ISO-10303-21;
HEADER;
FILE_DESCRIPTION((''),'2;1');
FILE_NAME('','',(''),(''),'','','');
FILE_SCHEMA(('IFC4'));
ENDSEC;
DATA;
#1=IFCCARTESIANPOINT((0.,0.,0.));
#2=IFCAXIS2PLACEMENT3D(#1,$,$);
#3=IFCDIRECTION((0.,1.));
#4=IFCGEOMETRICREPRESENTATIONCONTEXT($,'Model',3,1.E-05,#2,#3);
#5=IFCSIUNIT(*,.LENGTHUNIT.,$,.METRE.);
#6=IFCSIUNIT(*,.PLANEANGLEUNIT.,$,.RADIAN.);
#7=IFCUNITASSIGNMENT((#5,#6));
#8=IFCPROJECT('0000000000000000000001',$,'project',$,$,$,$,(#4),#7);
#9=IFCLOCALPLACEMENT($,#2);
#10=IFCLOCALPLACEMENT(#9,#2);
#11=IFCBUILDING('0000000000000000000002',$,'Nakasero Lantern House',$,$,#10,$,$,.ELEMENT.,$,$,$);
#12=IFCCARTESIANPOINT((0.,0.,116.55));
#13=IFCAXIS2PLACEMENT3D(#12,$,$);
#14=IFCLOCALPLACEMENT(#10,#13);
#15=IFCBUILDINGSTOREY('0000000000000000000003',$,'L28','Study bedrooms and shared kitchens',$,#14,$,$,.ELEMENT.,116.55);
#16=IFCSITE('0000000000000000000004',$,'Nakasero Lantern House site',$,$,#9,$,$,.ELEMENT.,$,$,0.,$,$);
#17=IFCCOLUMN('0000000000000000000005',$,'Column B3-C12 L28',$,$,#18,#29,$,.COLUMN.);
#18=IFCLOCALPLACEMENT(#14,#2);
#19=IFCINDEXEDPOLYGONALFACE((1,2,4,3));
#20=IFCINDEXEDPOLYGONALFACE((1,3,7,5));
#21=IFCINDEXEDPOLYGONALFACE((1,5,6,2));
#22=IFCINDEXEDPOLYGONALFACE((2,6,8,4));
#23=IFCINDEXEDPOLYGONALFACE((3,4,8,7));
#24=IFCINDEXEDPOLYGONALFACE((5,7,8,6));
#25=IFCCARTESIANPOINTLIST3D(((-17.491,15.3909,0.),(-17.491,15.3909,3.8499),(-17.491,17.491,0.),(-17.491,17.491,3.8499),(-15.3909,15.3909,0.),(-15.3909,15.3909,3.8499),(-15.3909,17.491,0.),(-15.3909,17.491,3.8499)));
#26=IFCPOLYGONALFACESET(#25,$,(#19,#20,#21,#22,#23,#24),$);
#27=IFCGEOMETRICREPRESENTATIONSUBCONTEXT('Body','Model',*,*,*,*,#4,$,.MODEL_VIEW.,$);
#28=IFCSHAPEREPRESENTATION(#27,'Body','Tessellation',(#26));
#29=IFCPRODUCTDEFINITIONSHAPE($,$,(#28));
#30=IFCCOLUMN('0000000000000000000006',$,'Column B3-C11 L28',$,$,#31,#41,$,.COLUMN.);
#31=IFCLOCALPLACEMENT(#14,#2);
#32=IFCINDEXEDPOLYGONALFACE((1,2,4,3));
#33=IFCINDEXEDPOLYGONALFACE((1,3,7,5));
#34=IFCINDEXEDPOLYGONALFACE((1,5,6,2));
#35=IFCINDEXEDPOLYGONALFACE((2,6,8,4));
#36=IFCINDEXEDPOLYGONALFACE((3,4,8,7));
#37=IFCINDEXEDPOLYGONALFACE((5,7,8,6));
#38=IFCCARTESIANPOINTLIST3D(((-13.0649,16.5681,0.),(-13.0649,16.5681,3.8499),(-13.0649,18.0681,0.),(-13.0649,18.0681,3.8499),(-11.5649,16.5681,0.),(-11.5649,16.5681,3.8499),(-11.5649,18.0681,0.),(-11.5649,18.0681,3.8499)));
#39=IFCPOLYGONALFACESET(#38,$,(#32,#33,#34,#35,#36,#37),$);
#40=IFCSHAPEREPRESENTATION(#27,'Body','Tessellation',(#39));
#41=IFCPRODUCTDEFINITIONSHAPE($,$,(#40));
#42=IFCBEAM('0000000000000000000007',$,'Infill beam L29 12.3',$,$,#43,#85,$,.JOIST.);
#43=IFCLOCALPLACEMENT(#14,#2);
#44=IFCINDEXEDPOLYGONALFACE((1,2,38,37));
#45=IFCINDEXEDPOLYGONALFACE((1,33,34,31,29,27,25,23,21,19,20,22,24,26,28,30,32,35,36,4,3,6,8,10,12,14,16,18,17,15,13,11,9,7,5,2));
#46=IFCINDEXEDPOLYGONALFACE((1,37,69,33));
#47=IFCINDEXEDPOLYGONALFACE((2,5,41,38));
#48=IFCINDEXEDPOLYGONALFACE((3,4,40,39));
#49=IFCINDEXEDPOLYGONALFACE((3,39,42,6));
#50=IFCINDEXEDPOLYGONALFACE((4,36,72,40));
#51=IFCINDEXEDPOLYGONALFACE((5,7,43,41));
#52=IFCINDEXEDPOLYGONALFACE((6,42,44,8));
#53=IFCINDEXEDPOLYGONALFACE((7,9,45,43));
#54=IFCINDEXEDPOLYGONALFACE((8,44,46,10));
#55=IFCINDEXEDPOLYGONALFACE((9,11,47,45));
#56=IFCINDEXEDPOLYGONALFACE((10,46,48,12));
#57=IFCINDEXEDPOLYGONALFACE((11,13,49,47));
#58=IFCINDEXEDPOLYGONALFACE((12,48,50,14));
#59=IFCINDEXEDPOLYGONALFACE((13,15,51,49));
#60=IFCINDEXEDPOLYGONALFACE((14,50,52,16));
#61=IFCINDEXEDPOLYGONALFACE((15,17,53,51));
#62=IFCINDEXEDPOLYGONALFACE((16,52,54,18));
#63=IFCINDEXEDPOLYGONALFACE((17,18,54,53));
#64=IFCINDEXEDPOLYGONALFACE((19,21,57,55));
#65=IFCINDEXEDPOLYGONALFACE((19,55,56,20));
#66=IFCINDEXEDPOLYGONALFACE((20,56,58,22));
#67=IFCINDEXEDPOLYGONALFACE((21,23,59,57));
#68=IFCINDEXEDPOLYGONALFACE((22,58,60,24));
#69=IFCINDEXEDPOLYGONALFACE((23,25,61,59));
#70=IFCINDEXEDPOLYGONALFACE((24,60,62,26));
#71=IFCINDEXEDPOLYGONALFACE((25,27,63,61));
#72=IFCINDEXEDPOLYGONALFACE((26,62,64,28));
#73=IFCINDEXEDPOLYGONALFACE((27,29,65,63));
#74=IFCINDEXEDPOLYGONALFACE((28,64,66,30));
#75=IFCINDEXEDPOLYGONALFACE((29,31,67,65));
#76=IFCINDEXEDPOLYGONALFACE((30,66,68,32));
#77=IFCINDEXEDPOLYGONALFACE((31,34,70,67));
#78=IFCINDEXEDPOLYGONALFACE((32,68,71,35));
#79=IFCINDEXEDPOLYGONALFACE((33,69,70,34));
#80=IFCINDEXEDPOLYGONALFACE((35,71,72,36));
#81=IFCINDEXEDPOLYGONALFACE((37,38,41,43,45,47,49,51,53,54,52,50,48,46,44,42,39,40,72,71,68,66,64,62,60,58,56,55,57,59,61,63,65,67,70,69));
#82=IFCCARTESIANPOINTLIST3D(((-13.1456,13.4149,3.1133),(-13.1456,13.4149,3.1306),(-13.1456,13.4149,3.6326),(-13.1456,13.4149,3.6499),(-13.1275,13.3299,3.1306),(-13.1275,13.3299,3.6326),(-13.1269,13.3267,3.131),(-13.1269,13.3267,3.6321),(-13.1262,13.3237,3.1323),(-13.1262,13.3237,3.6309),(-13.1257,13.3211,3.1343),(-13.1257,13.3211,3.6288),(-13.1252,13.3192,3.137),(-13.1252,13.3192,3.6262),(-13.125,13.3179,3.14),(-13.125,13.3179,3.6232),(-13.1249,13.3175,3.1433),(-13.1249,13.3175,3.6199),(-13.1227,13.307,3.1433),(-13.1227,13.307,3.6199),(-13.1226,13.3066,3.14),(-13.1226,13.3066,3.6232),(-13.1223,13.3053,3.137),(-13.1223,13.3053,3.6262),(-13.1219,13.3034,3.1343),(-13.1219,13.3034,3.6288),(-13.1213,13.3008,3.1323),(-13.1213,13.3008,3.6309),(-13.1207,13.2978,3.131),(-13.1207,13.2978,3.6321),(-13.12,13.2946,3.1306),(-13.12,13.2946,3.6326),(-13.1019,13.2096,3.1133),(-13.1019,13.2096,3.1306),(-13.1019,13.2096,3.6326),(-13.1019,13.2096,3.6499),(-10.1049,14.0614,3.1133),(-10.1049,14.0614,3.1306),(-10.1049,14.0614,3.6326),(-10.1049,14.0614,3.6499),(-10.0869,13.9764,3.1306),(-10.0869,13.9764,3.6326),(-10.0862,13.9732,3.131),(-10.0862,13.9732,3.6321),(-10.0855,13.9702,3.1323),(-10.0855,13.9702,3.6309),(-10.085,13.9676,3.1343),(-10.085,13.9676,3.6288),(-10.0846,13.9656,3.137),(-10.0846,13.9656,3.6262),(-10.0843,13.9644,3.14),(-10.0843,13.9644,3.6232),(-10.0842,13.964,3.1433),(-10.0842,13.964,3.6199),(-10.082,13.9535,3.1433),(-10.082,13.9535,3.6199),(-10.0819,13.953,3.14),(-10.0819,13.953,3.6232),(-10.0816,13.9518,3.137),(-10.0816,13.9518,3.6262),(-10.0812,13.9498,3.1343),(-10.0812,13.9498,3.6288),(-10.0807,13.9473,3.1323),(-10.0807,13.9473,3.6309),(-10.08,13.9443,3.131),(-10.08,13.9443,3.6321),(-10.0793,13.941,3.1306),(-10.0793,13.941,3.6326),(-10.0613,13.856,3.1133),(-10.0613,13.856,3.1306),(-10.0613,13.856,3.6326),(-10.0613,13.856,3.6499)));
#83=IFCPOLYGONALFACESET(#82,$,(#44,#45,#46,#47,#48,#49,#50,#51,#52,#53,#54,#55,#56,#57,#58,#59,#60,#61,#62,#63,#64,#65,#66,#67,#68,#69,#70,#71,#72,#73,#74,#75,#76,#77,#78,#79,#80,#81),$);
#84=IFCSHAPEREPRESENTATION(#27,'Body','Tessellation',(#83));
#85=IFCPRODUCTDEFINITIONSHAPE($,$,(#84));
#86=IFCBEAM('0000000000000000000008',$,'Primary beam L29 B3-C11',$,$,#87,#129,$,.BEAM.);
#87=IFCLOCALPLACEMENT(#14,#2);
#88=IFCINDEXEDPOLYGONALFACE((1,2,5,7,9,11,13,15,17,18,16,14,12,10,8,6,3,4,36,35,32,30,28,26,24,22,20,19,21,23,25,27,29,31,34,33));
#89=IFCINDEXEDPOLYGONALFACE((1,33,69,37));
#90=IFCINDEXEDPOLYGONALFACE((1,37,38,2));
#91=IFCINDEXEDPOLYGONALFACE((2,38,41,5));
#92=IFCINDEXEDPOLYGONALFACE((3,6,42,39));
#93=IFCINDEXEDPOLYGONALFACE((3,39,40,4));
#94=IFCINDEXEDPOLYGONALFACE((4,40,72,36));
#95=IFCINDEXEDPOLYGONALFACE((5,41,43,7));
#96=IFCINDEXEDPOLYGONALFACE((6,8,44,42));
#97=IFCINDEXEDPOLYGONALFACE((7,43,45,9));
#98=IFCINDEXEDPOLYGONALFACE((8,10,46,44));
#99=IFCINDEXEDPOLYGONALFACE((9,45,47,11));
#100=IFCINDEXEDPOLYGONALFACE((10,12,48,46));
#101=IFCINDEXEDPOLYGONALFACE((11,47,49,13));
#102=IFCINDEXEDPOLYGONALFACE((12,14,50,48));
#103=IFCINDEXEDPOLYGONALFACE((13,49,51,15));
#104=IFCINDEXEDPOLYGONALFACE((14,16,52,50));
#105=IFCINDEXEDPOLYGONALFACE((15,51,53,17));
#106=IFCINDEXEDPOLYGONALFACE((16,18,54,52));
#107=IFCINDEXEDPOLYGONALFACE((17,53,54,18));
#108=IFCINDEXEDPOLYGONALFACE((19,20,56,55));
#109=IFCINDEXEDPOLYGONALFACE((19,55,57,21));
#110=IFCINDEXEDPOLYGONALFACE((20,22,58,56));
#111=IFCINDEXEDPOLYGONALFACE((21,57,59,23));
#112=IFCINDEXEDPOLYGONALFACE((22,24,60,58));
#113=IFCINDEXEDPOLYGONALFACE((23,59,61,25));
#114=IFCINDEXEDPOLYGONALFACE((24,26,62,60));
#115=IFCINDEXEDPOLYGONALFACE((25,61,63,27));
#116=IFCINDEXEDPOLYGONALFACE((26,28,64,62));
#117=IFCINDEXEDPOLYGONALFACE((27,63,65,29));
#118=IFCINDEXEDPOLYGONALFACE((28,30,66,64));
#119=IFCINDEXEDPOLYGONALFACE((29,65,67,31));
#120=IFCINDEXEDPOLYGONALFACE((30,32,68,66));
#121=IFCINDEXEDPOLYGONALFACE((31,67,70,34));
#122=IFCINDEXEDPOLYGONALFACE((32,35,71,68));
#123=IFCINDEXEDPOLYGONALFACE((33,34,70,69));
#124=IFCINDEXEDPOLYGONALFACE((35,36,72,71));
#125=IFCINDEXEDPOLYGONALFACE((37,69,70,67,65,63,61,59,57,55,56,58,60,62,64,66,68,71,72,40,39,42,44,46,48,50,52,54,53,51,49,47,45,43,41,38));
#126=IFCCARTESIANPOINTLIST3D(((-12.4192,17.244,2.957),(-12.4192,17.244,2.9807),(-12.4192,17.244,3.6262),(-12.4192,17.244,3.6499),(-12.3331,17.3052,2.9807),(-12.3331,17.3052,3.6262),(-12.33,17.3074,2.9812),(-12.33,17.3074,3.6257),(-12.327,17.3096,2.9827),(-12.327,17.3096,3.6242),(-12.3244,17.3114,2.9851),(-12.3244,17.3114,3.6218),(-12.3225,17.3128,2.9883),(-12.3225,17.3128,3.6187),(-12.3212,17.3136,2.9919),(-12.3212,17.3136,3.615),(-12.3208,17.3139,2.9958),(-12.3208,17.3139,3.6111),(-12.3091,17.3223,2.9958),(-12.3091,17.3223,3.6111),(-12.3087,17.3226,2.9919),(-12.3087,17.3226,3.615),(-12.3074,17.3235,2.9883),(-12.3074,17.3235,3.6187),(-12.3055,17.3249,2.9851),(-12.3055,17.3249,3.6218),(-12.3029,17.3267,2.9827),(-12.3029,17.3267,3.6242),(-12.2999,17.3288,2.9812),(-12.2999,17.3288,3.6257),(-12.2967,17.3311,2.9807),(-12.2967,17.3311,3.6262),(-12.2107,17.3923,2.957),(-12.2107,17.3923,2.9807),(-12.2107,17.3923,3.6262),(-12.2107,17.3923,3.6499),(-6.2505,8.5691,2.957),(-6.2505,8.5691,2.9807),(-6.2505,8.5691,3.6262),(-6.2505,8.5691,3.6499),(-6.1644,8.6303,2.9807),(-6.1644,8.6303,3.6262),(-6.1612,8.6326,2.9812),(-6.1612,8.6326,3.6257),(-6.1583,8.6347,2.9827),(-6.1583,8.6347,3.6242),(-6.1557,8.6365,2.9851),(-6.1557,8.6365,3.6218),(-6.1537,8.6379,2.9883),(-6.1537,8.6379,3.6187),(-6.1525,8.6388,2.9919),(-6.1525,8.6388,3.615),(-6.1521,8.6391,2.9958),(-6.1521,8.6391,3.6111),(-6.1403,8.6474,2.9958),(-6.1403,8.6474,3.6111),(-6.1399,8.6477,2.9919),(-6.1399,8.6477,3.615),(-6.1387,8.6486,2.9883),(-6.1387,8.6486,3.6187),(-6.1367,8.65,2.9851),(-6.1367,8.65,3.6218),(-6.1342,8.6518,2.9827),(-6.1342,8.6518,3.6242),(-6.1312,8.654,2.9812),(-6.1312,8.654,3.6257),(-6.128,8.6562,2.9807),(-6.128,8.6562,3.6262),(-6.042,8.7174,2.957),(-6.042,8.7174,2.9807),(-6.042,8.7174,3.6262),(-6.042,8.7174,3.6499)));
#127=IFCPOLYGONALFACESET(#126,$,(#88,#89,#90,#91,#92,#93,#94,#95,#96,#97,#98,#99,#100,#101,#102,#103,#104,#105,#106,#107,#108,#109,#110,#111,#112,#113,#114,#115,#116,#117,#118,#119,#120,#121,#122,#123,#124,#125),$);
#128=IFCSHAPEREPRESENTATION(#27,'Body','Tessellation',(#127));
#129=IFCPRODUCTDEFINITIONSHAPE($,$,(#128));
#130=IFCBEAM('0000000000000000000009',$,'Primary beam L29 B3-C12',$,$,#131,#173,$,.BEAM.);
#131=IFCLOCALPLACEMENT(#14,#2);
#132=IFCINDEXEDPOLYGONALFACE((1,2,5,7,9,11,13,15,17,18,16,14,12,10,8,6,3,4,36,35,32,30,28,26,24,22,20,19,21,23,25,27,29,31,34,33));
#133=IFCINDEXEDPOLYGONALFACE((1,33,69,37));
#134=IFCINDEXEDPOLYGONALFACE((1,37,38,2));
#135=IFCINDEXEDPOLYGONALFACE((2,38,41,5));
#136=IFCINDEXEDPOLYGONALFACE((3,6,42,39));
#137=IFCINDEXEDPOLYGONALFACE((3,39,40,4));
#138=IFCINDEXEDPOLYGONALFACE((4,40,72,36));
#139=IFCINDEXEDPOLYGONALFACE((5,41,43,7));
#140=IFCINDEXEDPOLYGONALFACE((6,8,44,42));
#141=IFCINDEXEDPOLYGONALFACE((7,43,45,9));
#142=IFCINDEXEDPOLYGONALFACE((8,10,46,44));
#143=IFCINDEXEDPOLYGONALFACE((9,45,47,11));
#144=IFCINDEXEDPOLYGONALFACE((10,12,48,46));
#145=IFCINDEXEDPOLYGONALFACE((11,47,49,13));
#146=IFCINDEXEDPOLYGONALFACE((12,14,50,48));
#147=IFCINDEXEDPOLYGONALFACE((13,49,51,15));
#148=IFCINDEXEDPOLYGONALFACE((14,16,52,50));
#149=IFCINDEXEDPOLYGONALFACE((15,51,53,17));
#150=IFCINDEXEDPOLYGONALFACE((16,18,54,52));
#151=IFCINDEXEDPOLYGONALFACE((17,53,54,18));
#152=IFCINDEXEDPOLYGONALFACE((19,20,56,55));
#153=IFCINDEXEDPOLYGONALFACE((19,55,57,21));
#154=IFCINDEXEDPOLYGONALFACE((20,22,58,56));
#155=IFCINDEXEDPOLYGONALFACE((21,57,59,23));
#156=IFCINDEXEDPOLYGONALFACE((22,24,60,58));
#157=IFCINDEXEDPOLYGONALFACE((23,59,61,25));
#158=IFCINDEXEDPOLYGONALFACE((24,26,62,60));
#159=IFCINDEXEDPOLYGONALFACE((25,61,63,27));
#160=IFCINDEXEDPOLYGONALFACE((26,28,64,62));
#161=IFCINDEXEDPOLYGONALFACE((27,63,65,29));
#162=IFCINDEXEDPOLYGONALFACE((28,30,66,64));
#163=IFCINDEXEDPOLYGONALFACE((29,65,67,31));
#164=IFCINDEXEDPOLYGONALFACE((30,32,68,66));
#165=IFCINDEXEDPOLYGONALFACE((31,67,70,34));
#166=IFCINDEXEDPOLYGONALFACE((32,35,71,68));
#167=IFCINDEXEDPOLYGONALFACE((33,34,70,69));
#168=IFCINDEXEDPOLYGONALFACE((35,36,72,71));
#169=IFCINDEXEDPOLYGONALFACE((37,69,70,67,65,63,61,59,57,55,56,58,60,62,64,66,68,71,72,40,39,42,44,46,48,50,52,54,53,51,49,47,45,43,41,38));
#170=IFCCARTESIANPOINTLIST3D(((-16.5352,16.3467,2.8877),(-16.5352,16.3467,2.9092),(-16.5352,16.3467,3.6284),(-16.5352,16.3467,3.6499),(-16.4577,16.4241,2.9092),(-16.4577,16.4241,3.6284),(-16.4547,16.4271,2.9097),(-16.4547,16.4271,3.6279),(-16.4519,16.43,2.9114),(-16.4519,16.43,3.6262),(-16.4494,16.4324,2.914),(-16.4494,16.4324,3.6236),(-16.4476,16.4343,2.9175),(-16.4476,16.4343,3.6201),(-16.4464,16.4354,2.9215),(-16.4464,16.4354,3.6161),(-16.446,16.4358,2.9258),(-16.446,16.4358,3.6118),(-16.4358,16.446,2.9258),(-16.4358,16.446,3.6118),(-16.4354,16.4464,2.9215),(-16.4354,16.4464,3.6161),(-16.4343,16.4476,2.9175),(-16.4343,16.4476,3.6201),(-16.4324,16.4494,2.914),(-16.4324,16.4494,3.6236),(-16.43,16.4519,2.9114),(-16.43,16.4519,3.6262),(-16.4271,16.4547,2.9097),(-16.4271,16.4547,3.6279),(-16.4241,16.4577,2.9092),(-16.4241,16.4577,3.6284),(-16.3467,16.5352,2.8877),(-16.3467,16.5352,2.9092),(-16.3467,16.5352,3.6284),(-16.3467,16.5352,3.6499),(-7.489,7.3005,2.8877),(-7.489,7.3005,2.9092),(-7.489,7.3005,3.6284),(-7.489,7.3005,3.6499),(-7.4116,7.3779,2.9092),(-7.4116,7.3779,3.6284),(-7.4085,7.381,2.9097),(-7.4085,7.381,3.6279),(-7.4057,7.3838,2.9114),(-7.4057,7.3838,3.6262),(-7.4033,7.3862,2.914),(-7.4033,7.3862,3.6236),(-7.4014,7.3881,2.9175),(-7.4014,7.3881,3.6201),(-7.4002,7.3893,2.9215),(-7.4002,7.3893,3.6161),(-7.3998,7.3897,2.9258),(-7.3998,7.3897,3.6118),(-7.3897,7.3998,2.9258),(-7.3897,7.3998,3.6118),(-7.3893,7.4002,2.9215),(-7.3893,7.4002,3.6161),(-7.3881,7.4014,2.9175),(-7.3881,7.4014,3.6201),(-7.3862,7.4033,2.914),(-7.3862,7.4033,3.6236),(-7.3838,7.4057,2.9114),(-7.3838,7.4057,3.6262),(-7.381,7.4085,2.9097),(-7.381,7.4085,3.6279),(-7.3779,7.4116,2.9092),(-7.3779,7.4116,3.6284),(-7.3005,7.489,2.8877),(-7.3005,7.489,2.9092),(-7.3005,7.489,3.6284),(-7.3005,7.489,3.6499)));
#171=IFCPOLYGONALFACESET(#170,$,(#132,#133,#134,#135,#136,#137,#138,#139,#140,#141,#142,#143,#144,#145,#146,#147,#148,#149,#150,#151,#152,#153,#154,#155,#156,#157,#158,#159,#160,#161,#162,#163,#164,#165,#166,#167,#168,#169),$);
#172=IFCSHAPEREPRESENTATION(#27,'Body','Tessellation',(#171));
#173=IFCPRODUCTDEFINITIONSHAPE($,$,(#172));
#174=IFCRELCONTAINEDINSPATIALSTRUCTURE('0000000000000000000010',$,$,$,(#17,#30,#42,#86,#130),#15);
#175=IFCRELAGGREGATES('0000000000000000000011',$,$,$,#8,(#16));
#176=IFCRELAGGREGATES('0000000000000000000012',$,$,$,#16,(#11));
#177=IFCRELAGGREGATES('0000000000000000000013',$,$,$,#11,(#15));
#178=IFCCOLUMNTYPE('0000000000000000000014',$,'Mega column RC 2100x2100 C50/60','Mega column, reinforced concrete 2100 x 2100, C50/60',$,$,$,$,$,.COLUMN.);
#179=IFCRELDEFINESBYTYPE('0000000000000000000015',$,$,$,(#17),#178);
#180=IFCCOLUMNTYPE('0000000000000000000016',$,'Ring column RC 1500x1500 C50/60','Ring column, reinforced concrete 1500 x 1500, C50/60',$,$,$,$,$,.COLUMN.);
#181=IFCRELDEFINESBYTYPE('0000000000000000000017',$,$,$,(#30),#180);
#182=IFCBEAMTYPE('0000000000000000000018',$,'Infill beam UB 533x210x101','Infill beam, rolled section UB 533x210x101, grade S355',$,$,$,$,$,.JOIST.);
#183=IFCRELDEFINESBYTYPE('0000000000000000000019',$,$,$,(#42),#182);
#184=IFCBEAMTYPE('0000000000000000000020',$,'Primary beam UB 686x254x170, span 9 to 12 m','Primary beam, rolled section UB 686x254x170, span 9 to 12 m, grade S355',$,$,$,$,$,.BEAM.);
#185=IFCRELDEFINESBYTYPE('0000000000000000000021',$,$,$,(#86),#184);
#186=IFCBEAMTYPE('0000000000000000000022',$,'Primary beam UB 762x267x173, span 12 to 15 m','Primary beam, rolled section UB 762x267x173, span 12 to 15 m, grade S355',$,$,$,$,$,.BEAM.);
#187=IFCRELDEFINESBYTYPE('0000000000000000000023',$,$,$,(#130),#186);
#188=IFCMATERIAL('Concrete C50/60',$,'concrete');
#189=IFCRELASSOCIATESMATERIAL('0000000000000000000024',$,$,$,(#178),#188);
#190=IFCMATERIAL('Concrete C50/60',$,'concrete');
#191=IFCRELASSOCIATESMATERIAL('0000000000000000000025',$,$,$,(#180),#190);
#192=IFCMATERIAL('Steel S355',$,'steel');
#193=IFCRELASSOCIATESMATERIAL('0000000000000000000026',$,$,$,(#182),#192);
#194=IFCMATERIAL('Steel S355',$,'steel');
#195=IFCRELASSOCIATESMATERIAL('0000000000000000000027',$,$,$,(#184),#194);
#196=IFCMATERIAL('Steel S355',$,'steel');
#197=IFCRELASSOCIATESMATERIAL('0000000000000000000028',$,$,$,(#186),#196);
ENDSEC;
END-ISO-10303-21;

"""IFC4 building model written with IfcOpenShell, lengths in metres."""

from ifc_helpers import new_model, si_unit, direction, frame, origin, origin_2d, place, context, subcontext, project, spatial, rectangle, i_section, extrude, material, material_profile, profile_set, type_object, element, save


model = new_model("IFC4")

# Units and contexts
model_context = context("Model", 3, precision=1e-05, world=origin(), true_north=direction((0.0, 1.0)))
body_context = subcontext(model_context, "Body", "Model", "MODEL_VIEW")
ifc_project = project(units=[si_unit("LENGTHUNIT", "METRE"), si_unit("PLANEANGLEUNIT", "RADIAN")], contexts=[model_context])

# Site, building, storey
site_placement = place(None, origin())
site = spatial("IfcSite", under=ifc_project, at=site_placement, Name="Nakasero Lantern House site", CompositionType="ELEMENT", RefElevation=0.0)
building_placement = place(site_placement, origin())
building = spatial("IfcBuilding", under=site, at=building_placement, Name="Nakasero Lantern House", CompositionType="ELEMENT")
storey_placement = place(building_placement, frame((0.0, 0.0, 116.55)))
storey = spatial("IfcBuildingStorey", under=building, at=storey_placement, Name="L28", Description="Study bedrooms and shared kitchens", CompositionType="ELEMENT", Elevation=116.55)

# Columns
ifc_material_1 = material(Name="Concrete C50/60", Category="concrete")
ifc_material_profile_1 = material_profile(ifc_material_1, rectangle(XDim=2.1001, YDim=2.1001, at=origin_2d()), Name="RC 2100x2100")
ifc_profile_set_1 = profile_set([ifc_material_profile_1], Name="Concrete C50/60")
column_type_1 = type_object("IfcColumnType", Name="Mega column RC 2100x2100 C50/60", Description="Mega column, reinforced concrete 2100 x 2100, C50/60", PredefinedType="COLUMN", material=ifc_profile_set_1)
column_1_placement = place(storey_placement, frame((-16.4409, 16.4409, 0.0), z_axis=(0.0, 0.0, 1.0), x_axis=(1.0, 0.0, 0.0)))
element("IfcColumn", 1, at=column_1_placement, inside=storey, type_object=column_type_1, Name="Column B3-C12 L28", PredefinedType="COLUMN", context=body_context, shape_type="SweptSolid", body=[
    extrude(rectangle(XDim=2.1001, YDim=2.1001, at=origin_2d()), origin(), (0.0, 0.0, 1.0), 3.8499),
])
ifc_material_2 = material(Name="Concrete C50/60", Category="concrete")
ifc_material_profile_2 = material_profile(ifc_material_2, rectangle(XDim=1.5, YDim=1.5, at=origin_2d()), Name="RC 1500x1500")
ifc_profile_set_2 = profile_set([ifc_material_profile_2], Name="Concrete C50/60")
column_type_2 = type_object("IfcColumnType", Name="Ring column RC 1500x1500 C50/60", Description="Ring column, reinforced concrete 1500 x 1500, C50/60", PredefinedType="COLUMN", material=ifc_profile_set_2)
column_2_placement = place(storey_placement, frame((-12.3149, 17.3181, 0.0), z_axis=(0.0, 0.0, 1.0), x_axis=(1.0, 0.0, 0.0)))
element("IfcColumn", 2, at=column_2_placement, inside=storey, type_object=column_type_2, Name="Column B3-C11 L28", PredefinedType="COLUMN", context=body_context, shape_type="SweptSolid", body=[
    extrude(rectangle(XDim=1.5, YDim=1.5, at=origin_2d()), origin(), (0.0, 0.0, 1.0), 3.8499),
])

# Beams
ifc_material_3 = material(Name="Steel S355", Category="steel")
ifc_material_profile_3 = material_profile(ifc_material_3, i_section(OverallWidth=0.21, OverallDepth=0.5366, WebThickness=0.0107, FlangeThickness=0.0173, FilletRadius=0.0127, at=origin_2d()), Name="UB 533x210x101")
ifc_profile_set_3 = profile_set([ifc_material_profile_3], Name="Steel S355")
beam_type_1 = type_object("IfcBeamType", Name="Infill beam UB 533x210x101", Description="Infill beam, rolled section UB 533x210x101, grade S355", PredefinedType="JOIST", material=ifc_profile_set_3)
beam_1_placement = place(storey_placement, frame((-13.1238, 13.3123, 3.3816), z_axis=(0.978138, 0.207957, 0.0), x_axis=(-0.207957, 0.978138, 0.0)))
element("IfcBeam", 3, at=beam_1_placement, inside=storey, type_object=beam_type_1, Name="Infill beam L29 12.3", PredefinedType="JOIST", context=body_context, shape_type="SweptSolid", body=[
    extrude(i_section(OverallWidth=0.21, OverallDepth=0.5366, WebThickness=0.0107, FlangeThickness=0.0173, FilletRadius=0.0127, at=origin_2d()), origin(), (0.0, 0.0, 1.0), 3.1086),
])
ifc_material_4 = material(Name="Steel S355", Category="steel")
ifc_material_profile_4 = material_profile(ifc_material_4, i_section(OverallWidth=0.2559, OverallDepth=0.6929, WebThickness=0.0144, FlangeThickness=0.0237, FilletRadius=0.0151, at=origin_2d()), Name="UB 686x254x170")
ifc_profile_set_4 = profile_set([ifc_material_profile_4], Name="Steel S355")
beam_type_2 = type_object("IfcBeamType", Name="Primary beam UB 686x254x170, span 9 to 12 m", Description="Primary beam, rolled section UB 686x254x170, span 9 to 12 m, grade S355", PredefinedType="BEAM", material=ifc_profile_set_4)
beam_2_placement = place(storey_placement, frame((-12.3149, 17.3181, 3.3035), z_axis=(0.579521, -0.814957, 0.0), x_axis=(0.814957, 0.579521, 0.0)))
element("IfcBeam", 4, at=beam_2_placement, inside=storey, type_object=beam_type_2, Name="Primary beam L29 B3-C11", PredefinedType="BEAM", context=body_context, shape_type="SweptSolid", body=[
    extrude(i_section(OverallWidth=0.2559, OverallDepth=0.6929, WebThickness=0.0144, FlangeThickness=0.0237, FilletRadius=0.0151, at=origin_2d()), origin(), (0.0, 0.0, 1.0), 10.6445),
])
ifc_material_5 = material(Name="Steel S355", Category="steel")
ifc_material_profile_5 = material_profile(ifc_material_5, i_section(OverallWidth=0.2666, OverallDepth=0.7622, WebThickness=0.0144, FlangeThickness=0.0215, FilletRadius=0.0166, at=origin_2d()), Name="UB 762x267x173")
ifc_profile_set_5 = profile_set([ifc_material_profile_5], Name="Steel S355")
beam_type_3 = type_object("IfcBeamType", Name="Primary beam UB 762x267x173, span 12 to 15 m", Description="Primary beam, rolled section UB 762x267x173, span 12 to 15 m, grade S355", PredefinedType="BEAM", material=ifc_profile_set_5)
beam_3_placement = place(storey_placement, frame((-16.4409, 16.4409, 3.2688), z_axis=(0.707107, -0.707107, 0.0), x_axis=(0.707107, 0.707107, 0.0)))
element("IfcBeam", 5, at=beam_3_placement, inside=storey, type_object=beam_type_3, Name="Primary beam L29 B3-C12", PredefinedType="BEAM", context=body_context, shape_type="SweptSolid", body=[
    extrude(i_section(OverallWidth=0.2666, OverallDepth=0.7622, WebThickness=0.0144, FlangeThickness=0.0215, FilletRadius=0.0166, at=origin_2d()), origin(), (0.0, 0.0, 1.0), 12.7932),
])

save(model, "model.ifc")
